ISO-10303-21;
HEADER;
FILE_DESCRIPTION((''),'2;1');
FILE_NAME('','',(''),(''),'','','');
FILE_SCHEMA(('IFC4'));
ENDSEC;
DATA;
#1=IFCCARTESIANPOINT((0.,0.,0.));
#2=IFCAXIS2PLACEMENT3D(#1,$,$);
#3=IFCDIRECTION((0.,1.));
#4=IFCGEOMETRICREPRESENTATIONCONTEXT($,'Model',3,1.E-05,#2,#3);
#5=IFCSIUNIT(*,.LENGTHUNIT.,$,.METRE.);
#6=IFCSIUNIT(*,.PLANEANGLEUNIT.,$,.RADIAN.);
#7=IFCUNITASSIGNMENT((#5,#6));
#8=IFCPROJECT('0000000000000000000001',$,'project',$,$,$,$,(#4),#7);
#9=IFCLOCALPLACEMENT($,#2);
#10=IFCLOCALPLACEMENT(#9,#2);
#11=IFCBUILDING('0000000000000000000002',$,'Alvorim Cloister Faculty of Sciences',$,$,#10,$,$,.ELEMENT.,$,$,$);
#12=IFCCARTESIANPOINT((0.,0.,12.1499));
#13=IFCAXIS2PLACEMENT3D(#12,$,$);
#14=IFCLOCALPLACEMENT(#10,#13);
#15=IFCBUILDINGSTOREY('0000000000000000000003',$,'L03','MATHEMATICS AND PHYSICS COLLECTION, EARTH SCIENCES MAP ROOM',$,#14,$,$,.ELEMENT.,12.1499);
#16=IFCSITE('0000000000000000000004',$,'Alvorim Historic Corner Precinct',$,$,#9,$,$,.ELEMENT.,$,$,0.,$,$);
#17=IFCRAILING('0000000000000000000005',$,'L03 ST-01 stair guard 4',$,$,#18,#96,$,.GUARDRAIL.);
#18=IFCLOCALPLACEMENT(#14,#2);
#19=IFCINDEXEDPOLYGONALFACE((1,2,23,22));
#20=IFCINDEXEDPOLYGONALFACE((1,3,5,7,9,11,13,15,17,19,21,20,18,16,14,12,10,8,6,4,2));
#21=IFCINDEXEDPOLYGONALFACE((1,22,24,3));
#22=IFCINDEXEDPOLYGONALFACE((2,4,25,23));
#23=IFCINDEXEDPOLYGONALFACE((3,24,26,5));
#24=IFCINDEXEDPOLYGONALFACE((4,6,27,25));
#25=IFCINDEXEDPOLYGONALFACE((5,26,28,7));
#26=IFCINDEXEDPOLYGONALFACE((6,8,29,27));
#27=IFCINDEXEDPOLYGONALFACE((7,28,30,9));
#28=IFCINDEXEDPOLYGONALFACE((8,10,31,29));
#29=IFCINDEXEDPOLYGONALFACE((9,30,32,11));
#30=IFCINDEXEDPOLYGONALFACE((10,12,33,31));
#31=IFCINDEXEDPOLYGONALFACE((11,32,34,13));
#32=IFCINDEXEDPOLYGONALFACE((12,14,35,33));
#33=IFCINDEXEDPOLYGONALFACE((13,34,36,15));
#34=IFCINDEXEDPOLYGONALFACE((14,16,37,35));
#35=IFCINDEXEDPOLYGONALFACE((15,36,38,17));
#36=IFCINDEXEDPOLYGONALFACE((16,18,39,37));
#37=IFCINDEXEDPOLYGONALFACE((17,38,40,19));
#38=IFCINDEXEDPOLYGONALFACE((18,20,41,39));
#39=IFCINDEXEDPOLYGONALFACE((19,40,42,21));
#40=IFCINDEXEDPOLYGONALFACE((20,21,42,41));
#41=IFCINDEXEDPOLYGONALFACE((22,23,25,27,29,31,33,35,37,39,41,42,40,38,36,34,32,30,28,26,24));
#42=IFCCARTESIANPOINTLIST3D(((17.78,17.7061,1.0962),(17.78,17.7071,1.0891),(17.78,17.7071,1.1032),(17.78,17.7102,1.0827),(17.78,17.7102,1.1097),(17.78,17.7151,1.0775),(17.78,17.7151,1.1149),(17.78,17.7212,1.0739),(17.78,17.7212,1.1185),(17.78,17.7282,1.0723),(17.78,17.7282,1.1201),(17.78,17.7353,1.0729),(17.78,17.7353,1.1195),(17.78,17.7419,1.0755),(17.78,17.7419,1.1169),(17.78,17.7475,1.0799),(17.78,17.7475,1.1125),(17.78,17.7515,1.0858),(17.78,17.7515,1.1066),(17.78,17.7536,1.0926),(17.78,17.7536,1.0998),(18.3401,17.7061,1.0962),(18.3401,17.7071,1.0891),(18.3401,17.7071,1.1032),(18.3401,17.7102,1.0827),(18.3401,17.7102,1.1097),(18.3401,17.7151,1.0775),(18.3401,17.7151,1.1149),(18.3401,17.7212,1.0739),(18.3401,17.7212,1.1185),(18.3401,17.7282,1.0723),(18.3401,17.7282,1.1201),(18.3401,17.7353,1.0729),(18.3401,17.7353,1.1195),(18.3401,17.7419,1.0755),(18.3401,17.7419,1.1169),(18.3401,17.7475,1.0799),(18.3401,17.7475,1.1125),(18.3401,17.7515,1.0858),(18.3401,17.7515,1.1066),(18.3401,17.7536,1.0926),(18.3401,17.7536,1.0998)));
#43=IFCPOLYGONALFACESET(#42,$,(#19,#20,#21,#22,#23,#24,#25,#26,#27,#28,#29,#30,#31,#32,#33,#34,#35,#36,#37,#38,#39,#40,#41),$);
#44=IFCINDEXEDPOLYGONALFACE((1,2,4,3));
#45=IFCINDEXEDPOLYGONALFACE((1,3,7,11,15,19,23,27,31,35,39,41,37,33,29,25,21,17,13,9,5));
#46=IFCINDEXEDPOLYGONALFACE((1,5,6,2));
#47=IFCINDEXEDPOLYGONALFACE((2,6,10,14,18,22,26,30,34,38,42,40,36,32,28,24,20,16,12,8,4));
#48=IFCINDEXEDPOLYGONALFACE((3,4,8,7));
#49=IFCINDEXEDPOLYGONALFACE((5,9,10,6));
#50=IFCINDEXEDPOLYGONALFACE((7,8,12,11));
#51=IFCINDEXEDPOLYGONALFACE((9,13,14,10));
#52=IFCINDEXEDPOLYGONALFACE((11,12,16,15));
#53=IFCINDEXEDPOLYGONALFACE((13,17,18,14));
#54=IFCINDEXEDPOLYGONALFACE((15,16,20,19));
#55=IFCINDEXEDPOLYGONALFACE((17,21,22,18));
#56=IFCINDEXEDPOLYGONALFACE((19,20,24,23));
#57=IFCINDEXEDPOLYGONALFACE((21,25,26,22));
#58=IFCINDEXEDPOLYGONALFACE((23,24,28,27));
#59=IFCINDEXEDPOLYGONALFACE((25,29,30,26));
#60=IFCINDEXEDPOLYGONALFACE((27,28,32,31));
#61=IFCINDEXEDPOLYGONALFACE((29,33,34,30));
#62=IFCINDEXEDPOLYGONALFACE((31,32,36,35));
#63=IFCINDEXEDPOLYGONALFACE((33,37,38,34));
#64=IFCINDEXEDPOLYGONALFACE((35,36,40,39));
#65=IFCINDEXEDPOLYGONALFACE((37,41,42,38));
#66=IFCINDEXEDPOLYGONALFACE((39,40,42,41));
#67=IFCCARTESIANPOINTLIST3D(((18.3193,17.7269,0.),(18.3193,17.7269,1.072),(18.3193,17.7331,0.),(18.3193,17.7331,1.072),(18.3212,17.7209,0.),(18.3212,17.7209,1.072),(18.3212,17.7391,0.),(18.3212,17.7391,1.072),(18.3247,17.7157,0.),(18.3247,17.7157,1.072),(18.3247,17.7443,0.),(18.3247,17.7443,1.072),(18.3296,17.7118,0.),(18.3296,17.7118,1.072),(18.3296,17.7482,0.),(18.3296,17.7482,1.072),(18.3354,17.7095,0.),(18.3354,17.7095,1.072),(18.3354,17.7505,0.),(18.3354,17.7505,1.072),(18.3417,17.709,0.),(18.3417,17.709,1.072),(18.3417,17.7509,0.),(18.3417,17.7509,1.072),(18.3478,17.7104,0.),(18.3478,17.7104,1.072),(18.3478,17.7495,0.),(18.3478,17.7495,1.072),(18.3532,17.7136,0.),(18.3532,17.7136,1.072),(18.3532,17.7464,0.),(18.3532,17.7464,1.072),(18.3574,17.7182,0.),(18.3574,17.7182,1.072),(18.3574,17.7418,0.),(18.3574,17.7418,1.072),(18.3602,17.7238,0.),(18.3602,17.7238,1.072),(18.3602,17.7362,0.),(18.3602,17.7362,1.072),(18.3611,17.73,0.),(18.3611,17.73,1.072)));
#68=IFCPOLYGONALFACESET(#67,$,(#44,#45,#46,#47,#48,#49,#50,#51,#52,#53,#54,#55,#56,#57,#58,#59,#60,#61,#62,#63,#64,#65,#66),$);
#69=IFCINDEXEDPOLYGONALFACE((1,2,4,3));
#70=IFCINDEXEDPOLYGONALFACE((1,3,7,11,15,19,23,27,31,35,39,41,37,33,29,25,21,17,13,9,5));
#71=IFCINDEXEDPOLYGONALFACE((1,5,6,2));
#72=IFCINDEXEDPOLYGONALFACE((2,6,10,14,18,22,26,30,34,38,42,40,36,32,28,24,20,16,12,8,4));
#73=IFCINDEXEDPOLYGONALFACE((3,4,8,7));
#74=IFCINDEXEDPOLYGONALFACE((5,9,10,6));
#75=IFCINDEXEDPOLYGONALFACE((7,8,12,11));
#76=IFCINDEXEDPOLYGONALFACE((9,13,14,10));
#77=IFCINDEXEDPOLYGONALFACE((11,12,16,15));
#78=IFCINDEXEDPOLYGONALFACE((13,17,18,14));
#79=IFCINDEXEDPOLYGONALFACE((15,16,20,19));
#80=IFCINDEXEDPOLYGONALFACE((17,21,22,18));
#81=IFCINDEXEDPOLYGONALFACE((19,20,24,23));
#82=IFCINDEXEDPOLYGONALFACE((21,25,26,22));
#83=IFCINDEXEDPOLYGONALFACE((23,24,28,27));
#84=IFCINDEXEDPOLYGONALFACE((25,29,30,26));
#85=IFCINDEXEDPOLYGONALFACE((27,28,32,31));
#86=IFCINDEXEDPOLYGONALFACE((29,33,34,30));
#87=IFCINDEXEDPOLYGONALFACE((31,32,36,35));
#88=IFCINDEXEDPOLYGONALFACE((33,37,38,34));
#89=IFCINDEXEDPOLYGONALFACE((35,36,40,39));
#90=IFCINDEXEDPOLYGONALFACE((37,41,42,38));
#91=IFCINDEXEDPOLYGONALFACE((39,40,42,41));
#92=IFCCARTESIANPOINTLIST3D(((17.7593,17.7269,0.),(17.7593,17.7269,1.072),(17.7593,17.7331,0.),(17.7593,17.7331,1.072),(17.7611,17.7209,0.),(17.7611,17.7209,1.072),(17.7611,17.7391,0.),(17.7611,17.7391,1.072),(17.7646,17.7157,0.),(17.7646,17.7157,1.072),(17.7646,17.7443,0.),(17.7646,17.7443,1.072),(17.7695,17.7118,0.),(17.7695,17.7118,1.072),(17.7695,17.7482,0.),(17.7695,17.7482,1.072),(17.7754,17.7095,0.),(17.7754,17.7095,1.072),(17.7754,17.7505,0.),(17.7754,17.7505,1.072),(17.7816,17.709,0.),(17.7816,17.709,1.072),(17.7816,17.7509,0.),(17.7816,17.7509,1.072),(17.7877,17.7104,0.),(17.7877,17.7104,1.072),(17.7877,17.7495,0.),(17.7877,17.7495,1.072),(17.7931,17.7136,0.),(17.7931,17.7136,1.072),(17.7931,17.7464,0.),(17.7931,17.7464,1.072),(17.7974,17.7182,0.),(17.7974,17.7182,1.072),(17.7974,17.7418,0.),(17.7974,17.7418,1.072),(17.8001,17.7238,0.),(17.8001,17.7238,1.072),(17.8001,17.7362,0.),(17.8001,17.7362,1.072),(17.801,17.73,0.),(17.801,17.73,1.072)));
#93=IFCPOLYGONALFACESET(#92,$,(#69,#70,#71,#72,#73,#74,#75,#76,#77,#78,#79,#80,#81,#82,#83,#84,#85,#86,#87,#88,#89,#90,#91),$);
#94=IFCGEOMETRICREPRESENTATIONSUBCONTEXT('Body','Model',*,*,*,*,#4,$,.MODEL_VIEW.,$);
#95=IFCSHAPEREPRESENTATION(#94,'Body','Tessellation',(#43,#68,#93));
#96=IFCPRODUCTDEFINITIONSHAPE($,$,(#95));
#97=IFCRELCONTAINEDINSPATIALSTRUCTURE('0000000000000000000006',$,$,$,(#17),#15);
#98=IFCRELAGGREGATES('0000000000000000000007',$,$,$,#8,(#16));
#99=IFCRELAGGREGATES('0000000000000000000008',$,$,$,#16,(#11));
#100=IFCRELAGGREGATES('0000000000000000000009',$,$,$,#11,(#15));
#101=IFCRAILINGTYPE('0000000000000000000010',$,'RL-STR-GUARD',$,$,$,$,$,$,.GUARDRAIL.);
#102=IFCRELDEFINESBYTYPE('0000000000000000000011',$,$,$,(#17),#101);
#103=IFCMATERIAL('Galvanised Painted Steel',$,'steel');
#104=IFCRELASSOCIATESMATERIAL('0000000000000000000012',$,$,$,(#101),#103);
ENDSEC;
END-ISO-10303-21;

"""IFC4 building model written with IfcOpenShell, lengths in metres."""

from ifc_helpers import new_model, si_unit, direction, frame, origin, origin_2d, place, context, subcontext, project, spatial, circle, extrude, material, type_object, element, save


model = new_model("IFC4")

# Units and contexts
model_context = context("Model", 3, precision=1e-05, world=origin(), true_north=direction((0.0, 1.0)))
body_context = subcontext(model_context, "Body", "Model", "MODEL_VIEW")
ifc_project = project(units=[si_unit("LENGTHUNIT", "METRE"), si_unit("PLANEANGLEUNIT", "RADIAN")], contexts=[model_context])

# Site, building, storey
site_placement = place(None, origin())
site = spatial("IfcSite", under=ifc_project, at=site_placement, Name="Alvorim Historic Corner Precinct", CompositionType="ELEMENT", RefElevation=0.0)
building_placement = place(site_placement, origin())
building = spatial("IfcBuilding", under=site, at=building_placement, Name="Alvorim Cloister Faculty of Sciences", CompositionType="ELEMENT")
storey_placement = place(building_placement, frame((0.0, 0.0, 12.1499)))
storey = spatial("IfcBuildingStorey", under=building, at=storey_placement, Name="L03", Description="MATHEMATICS AND PHYSICS COLLECTION, EARTH SCIENCES MAP ROOM", CompositionType="ELEMENT", Elevation=12.1499)

# Railing
ifc_material_1 = material(Name="Galvanised Painted Steel", Category="steel")
railing_type_1 = type_object("IfcRailingType", Name="RL-STR-GUARD", PredefinedType="GUARDRAIL", material=ifc_material_1)
railing_1_placement = place(storey_placement, frame((18.3401, 17.73, 0.0)))
element("IfcRailing", 1, at=railing_1_placement, inside=storey, type_object=railing_type_1, Name="L03 ST-01 stair guard 4", PredefinedType="GUARDRAIL", context=body_context, shape_type="SweptSolid", body=[
    extrude(circle(Radius=0.0239, at=origin_2d()), frame((0.0, 0.0, 1.0962), z_axis=(-1.0, 0.0, 0.0), x_axis=(0.0, -1.0, 0.0)), (0.0, 0.0, 1.0), 0.5601),
    extrude(circle(Radius=0.021, at=origin_2d()), origin(), (0.0, 0.0, 1.0), 1.072),
    extrude(circle(Radius=0.021, at=origin_2d()), frame((-0.5601, 0.0, 0.0)), (0.0, 0.0, 1.0), 1.072),
])

save(model, "model.ifc")
